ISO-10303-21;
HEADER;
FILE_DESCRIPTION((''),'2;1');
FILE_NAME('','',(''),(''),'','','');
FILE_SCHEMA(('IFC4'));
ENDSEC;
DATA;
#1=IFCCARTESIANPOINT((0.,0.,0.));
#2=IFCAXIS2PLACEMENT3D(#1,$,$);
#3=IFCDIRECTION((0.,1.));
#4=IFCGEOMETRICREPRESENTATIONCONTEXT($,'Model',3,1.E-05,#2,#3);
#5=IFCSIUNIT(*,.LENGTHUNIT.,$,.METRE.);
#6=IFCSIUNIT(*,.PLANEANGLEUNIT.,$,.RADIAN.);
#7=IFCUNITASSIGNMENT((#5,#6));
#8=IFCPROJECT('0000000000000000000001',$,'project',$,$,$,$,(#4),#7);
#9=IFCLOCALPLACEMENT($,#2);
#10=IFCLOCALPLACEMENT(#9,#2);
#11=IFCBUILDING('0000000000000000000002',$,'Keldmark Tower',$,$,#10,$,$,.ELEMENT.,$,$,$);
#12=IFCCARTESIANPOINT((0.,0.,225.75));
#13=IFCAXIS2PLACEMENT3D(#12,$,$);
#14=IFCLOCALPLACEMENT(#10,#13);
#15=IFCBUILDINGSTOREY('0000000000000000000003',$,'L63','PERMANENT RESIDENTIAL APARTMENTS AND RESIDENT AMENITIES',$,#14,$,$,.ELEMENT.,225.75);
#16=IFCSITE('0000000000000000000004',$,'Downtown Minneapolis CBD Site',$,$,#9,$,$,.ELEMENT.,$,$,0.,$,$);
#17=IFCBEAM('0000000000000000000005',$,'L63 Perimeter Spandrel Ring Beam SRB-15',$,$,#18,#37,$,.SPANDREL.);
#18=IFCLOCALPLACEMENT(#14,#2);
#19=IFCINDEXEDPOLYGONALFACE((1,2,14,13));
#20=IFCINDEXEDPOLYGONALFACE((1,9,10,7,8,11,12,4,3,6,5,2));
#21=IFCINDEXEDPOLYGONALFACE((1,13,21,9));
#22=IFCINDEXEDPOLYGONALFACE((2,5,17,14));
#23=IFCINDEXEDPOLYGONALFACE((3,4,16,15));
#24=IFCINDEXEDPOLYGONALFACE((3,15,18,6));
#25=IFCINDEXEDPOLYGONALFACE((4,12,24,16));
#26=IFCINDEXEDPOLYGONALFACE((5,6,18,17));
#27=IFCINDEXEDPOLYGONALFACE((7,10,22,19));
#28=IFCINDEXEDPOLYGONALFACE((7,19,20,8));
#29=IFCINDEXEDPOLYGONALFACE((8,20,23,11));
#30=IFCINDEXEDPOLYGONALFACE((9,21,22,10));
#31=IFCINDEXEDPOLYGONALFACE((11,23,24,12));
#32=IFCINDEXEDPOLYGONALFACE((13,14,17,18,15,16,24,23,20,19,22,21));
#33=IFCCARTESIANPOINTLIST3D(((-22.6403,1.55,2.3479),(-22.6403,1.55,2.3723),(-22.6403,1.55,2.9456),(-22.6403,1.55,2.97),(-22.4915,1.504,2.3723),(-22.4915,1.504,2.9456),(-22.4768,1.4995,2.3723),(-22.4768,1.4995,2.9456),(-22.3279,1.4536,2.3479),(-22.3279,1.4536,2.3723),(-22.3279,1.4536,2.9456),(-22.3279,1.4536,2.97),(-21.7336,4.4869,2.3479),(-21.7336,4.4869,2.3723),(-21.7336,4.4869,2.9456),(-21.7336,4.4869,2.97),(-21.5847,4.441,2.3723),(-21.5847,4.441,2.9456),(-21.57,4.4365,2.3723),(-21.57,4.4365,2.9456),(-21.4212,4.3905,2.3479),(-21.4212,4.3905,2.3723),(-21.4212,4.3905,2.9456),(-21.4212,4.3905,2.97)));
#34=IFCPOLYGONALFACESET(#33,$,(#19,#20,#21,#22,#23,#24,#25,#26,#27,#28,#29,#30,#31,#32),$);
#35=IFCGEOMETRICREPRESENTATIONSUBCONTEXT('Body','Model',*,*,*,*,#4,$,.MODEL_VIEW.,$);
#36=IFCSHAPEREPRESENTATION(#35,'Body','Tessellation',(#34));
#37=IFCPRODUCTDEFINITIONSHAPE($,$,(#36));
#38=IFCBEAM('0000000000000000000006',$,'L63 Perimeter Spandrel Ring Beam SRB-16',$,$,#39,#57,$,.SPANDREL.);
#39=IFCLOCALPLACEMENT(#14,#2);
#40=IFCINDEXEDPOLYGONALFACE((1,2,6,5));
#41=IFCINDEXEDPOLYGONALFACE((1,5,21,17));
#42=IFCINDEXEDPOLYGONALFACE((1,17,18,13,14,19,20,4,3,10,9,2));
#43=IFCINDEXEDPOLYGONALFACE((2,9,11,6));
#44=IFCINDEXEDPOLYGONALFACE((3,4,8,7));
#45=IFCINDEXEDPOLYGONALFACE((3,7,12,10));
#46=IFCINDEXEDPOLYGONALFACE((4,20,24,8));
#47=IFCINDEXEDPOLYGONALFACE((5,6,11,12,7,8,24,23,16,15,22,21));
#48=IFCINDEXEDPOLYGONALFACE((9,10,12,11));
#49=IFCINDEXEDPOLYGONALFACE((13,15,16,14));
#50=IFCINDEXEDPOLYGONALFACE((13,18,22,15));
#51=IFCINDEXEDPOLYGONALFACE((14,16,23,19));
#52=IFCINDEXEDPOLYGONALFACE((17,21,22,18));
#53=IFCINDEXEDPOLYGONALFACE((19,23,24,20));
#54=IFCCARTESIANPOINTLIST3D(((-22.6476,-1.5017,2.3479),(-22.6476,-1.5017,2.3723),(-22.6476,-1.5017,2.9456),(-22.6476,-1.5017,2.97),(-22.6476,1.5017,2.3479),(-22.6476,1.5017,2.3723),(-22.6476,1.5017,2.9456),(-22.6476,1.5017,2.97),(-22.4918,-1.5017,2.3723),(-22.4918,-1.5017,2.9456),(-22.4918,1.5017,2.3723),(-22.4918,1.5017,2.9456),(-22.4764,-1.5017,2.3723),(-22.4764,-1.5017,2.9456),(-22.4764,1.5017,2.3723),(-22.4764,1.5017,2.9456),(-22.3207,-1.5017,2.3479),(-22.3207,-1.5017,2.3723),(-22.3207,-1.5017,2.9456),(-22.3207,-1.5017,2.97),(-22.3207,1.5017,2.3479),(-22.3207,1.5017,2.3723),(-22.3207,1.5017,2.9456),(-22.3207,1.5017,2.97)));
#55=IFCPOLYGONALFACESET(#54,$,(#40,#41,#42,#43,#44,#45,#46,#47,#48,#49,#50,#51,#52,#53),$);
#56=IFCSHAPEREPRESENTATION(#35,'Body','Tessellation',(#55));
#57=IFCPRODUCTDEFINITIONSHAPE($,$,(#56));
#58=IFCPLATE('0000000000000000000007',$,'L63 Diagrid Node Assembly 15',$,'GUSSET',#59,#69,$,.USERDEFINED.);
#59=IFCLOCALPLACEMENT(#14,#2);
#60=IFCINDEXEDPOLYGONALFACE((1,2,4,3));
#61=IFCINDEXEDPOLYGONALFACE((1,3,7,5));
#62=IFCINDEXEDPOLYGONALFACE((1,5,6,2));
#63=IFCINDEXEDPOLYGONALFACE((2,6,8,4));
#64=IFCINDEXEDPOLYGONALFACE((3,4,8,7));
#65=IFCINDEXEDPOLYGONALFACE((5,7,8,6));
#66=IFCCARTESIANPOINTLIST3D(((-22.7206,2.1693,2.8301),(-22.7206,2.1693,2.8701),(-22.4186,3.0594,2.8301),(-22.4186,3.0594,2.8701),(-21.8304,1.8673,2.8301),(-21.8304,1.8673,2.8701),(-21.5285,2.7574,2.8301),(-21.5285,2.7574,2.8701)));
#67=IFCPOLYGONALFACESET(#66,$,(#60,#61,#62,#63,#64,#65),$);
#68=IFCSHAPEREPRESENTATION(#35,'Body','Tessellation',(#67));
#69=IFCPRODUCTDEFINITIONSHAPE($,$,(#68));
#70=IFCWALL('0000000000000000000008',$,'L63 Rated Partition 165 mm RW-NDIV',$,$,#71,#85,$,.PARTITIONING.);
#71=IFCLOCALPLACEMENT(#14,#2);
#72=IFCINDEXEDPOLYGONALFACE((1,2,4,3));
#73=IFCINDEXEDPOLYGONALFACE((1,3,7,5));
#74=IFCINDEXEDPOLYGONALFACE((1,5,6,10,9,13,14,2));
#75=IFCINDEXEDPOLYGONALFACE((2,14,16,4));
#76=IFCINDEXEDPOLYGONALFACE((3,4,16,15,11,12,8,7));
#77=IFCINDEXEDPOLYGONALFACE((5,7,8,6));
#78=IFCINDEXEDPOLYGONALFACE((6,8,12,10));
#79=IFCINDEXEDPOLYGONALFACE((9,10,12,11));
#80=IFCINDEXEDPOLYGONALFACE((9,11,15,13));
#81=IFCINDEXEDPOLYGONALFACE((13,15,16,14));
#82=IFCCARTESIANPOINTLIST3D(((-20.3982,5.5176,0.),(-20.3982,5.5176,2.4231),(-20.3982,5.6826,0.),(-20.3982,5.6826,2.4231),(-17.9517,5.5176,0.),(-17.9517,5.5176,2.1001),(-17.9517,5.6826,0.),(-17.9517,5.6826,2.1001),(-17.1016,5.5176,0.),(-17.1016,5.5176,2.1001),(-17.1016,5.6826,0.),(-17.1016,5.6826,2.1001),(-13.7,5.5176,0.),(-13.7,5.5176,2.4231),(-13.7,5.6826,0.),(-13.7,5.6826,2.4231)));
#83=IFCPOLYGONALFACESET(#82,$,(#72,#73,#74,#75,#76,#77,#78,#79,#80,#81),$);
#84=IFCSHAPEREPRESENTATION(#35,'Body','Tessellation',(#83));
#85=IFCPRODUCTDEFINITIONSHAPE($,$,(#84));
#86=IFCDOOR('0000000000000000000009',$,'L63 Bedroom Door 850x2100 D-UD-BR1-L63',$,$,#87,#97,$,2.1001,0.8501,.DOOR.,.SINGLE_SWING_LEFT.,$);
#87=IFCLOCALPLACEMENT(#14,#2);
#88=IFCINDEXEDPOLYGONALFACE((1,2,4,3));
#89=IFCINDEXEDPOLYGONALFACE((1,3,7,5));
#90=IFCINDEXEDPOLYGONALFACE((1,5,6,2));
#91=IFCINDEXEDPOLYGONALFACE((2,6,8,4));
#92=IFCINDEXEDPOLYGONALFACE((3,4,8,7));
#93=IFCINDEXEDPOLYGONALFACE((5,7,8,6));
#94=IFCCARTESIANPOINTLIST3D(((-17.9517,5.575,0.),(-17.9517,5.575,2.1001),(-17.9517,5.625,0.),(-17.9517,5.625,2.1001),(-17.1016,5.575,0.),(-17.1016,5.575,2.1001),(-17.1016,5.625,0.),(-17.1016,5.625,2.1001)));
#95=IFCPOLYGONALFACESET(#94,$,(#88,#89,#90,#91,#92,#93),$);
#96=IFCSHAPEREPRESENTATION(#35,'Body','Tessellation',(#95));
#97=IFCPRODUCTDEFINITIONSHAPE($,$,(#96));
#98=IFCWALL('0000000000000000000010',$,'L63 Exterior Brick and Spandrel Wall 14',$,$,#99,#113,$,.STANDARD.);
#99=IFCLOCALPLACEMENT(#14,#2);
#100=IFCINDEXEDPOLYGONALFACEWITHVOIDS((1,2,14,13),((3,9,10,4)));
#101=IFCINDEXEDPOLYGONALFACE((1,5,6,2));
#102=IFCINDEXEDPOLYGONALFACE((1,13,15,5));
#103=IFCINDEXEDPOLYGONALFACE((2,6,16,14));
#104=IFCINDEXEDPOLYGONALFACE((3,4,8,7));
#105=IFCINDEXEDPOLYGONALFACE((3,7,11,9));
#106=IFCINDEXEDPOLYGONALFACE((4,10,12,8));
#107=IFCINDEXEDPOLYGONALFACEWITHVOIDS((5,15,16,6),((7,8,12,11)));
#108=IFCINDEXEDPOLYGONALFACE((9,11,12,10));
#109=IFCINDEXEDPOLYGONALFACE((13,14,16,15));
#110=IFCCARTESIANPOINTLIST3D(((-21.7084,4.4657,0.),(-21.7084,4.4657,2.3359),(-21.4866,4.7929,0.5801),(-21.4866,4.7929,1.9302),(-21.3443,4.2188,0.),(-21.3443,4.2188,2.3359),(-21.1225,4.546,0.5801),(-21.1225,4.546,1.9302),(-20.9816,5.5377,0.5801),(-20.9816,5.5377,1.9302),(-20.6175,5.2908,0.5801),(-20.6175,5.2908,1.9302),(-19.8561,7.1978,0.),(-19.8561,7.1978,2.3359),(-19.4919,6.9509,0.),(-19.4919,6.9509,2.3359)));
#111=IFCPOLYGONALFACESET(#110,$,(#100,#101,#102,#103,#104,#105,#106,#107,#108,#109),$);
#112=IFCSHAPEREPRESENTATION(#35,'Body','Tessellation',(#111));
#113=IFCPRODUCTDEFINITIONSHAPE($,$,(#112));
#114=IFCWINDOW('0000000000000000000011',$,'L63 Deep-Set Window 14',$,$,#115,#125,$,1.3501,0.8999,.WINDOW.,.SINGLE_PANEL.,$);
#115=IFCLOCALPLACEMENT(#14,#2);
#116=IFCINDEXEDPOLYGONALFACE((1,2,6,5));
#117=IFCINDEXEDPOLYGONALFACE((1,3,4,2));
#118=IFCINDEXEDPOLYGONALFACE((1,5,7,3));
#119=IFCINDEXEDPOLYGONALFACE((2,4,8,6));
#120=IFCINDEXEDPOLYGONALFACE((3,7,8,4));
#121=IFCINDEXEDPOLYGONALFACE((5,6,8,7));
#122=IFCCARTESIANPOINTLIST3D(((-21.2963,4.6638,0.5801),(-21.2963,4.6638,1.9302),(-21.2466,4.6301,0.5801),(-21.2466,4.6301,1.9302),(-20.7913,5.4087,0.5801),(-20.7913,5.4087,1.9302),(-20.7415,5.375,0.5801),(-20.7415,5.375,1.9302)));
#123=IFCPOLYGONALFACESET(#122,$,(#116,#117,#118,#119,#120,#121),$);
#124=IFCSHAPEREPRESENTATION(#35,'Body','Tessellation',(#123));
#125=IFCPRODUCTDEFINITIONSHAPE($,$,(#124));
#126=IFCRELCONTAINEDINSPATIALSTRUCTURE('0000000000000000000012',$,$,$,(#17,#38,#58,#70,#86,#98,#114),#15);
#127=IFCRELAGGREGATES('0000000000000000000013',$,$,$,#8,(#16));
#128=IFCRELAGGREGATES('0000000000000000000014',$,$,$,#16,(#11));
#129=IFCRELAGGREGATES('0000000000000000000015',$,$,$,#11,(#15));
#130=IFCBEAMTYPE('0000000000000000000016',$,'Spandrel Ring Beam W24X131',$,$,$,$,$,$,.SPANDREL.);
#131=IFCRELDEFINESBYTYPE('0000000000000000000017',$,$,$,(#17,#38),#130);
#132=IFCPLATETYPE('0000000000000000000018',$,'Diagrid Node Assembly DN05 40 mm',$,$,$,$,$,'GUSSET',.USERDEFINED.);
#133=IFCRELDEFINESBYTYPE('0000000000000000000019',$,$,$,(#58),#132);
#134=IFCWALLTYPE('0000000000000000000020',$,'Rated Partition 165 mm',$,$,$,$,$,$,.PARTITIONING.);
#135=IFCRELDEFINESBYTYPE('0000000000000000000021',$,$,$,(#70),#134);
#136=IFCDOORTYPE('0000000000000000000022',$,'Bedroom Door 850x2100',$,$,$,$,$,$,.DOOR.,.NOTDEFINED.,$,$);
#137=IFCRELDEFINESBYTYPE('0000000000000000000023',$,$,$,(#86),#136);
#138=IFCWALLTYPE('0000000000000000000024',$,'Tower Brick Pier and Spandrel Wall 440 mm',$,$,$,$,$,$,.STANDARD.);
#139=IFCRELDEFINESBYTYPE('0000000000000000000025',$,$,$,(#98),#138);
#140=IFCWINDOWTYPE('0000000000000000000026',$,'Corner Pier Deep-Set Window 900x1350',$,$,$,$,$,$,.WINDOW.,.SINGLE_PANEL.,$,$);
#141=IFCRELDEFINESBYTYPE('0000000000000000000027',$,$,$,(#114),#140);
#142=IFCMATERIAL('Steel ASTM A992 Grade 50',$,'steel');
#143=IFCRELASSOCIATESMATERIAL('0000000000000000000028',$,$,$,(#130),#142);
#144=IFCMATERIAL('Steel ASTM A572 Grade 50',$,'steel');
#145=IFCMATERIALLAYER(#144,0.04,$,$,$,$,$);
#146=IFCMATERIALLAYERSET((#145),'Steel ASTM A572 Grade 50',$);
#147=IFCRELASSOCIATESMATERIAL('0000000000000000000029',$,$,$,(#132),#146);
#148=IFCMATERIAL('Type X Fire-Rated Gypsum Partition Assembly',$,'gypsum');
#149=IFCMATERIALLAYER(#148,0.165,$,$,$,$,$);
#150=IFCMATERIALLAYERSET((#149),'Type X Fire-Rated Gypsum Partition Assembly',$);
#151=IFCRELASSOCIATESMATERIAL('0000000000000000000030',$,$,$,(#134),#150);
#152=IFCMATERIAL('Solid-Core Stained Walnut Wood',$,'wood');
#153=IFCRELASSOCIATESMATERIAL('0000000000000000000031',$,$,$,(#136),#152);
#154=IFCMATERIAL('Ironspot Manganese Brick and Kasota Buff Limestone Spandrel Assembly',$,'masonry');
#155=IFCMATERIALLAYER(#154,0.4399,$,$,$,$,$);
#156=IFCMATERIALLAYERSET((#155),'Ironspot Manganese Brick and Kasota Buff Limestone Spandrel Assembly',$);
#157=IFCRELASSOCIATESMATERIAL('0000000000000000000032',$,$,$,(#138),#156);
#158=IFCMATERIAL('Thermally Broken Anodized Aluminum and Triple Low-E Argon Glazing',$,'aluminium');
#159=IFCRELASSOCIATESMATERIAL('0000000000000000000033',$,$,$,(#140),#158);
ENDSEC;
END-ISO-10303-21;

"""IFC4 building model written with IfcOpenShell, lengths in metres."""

from ifc_helpers import new_model, si_unit, direction, frame, frame_2d, origin, origin_2d, place, context, subcontext, project, spatial, rectangle, i_section, extrude, material, layer, layer_set, material_profile, profile_set, type_object, element, fill, save


model = new_model("IFC4")

# Units and contexts
model_context = context("Model", 3, precision=1e-05, world=origin(), true_north=direction((0.0, 1.0)))
body_context = subcontext(model_context, "Body", "Model", "MODEL_VIEW")
ifc_project = project(units=[si_unit("LENGTHUNIT", "METRE"), si_unit("PLANEANGLEUNIT", "RADIAN")], contexts=[model_context])

# Site, building, storey
site_placement = place(None, origin())
site = spatial("IfcSite", under=ifc_project, at=site_placement, Name="Downtown Minneapolis CBD Site", CompositionType="ELEMENT", RefElevation=0.0)
building_placement = place(site_placement, origin())
building = spatial("IfcBuilding", under=site, at=building_placement, Name="Keldmark Tower", CompositionType="ELEMENT")
storey_placement = place(building_placement, frame((0.0, 0.0, 225.75)))
storey = spatial("IfcBuildingStorey", under=building, at=storey_placement, Name="L63", Description="PERMANENT RESIDENTIAL APARTMENTS AND RESIDENT AMENITIES", CompositionType="ELEMENT", Elevation=225.75)

# Beams
ifc_material_1 = material(Name="Steel ASTM A992 Grade 50", Category="steel")
ifc_material_profile_1 = material_profile(ifc_material_1, i_section(OverallWidth=0.3269, OverallDepth=0.6221, WebThickness=0.0154, FlangeThickness=0.0244, at=origin_2d()), Name="W24X131")
ifc_profile_set_1 = profile_set([ifc_material_profile_1], Name="Steel ASTM A992 Grade 50")
beam_type_1 = type_object("IfcBeamType", Name="Spandrel Ring Beam W24X131", PredefinedType="SPANDREL", material=ifc_profile_set_1)
beam_1_placement = place(storey_placement, frame((-21.5774, 4.4387, 2.6589), z_axis=(-0.29499, -0.9555, 0.0), x_axis=(0.9555, -0.29499, 0.0)))
element("IfcBeam", 1, at=beam_1_placement, inside=storey, type_object=beam_type_1, Name="L63 Perimeter Spandrel Ring Beam SRB-15", PredefinedType="SPANDREL", context=body_context, shape_type="SweptSolid", body=[
    extrude(i_section(OverallWidth=0.3269, OverallDepth=0.6221, WebThickness=0.0154, FlangeThickness=0.0244, at=origin_2d()), origin(), (0.0, 0.0, 1.0), 3.0737),
])
beam_2_placement = place(storey_placement, frame((-22.4841, 1.5017, 2.6589), z_axis=(0.0, -1.0, 0.0), x_axis=(1.0, 0.0, 0.0)))
element("IfcBeam", 2, at=beam_2_placement, inside=storey, type_object=beam_type_1, Name="L63 Perimeter Spandrel Ring Beam SRB-16", PredefinedType="SPANDREL", context=body_context, shape_type="SweptSolid", body=[
    extrude(i_section(OverallWidth=0.3269, OverallDepth=0.6221, WebThickness=0.0154, FlangeThickness=0.0244, at=origin_2d()), origin(), (0.0, 0.0, 1.0), 3.0034),
])

# Plate
ifc_material_2 = material(Name="Steel ASTM A572 Grade 50", Category="steel")
ifc_layer_1 = layer(ifc_material_2, 0.04)
ifc_layer_set_1 = layer_set([ifc_layer_1], Name="Steel ASTM A572 Grade 50")
plate_type = type_object("IfcPlateType", Name="Diagrid Node Assembly DN05 40 mm", ElementType="GUSSET", PredefinedType="USERDEFINED", material=ifc_layer_set_1)
plate_placement = place(storey_placement, frame((-22.1245, 2.4634, 2.8301), z_axis=(0.0, 0.0, 1.0), x_axis=(-0.321274, -0.946986, 0.0)))
element("IfcPlate", 3, at=plate_placement, inside=storey, type_object=plate_type, Name="L63 Diagrid Node Assembly 15", ObjectType="GUSSET", PredefinedType="USERDEFINED", context=body_context, shape_type="SweptSolid", body=[
    extrude(rectangle(XDim=0.9399, YDim=0.9399, at=origin_2d()), origin(), (0.0, 0.0, 1.0), 0.04),
])

# Wall, opening, door
ifc_material_3 = material(Name="Type X Fire-Rated Gypsum Partition Assembly", Category="gypsum")
ifc_layer_2 = layer(ifc_material_3, 0.165)
ifc_layer_set_2 = layer_set([ifc_layer_2], Name="Type X Fire-Rated Gypsum Partition Assembly")
wall_type_1 = type_object("IfcWallType", Name="Rated Partition 165 mm", PredefinedType="PARTITIONING", material=ifc_layer_set_2)
wall_1_placement = place(storey_placement, frame((-20.3982, 5.6001, 0.0), z_axis=(0.0, 0.0, 1.0), x_axis=(1.0, 0.0, 0.0)))
wall_1 = element("IfcWall", 4, at=wall_1_placement, inside=storey, type_object=wall_type_1, Name="L63 Rated Partition 165 mm RW-NDIV", PredefinedType="PARTITIONING", context=body_context, shape_type="SweptSolid", body=[
    extrude(rectangle(XDim=6.6982, YDim=0.165, at=frame_2d((3.3491, 0.0))), origin(), (0.0, 0.0, 1.0), 2.4231),
])
opening_1_placement = place(wall_1_placement, frame((2.4465, 0.0, 0.0)))
opening_1 = element("IfcOpeningElement", 5, at=opening_1_placement, cuts=wall_1, PredefinedType="OPENING", context=body_context, shape_type="SweptSolid", body=[
    extrude(rectangle(XDim=0.8501, YDim=2.1001, at=frame_2d((0.425, 1.05))), frame((0.0, 0.0925, 0.0), z_axis=(0.0, -1.0, 0.0), x_axis=(1.0, 0.0, 0.0)), (0.0, 0.0, 1.0), 0.1851),
])
ifc_material_4 = material(Name="Solid-Core Stained Walnut Wood", Category="wood")
door_type_1 = type_object("IfcDoorType", Name="Bedroom Door 850x2100", OperationType="NOTDEFINED", PredefinedType="DOOR", material=ifc_material_4)
door_1_placement = place(opening_1_placement, origin())
door_1 = element("IfcDoor", 6, at=door_1_placement, inside=storey, type_object=door_type_1, Name="L63 Bedroom Door 850x2100 D-UD-BR1-L63", OperationType="SINGLE_SWING_LEFT", OverallHeight=2.1001, OverallWidth=0.8501, PredefinedType="DOOR", context=body_context, shape_type="SweptSolid", body=[
    extrude(rectangle(XDim=0.8501, YDim=2.1001, at=frame_2d((0.425, 1.05))), frame((0.0, 0.0249, 0.0), z_axis=(0.0, -1.0, 0.0), x_axis=(1.0, 0.0, 0.0)), (0.0, 0.0, 1.0), 0.05),
])
fill(opening_1, door_1)

# Wall, opening, window
ifc_material_5 = material(Name="Ironspot Manganese Brick and Kasota Buff Limestone Spandrel Assembly", Category="masonry")
ifc_layer_3 = layer(ifc_material_5, 0.4399)
ifc_layer_set_3 = layer_set([ifc_layer_3], Name="Ironspot Manganese Brick and Kasota Buff Limestone Spandrel Assembly")
wall_type_2 = type_object("IfcWallType", Name="Tower Brick Pier and Spandrel Wall 440 mm", PredefinedType="STANDARD", material=ifc_layer_set_3)
wall_2_placement = place(storey_placement, frame((-21.5264, 4.3423, 0.0), z_axis=(0.0, 0.0, 1.0), x_axis=(0.561187, 0.827689, 0.0)))
wall_2 = element("IfcWall", 7, at=wall_2_placement, inside=storey, type_object=wall_type_2, Name="L63 Exterior Brick and Spandrel Wall 14", PredefinedType="STANDARD", context=body_context, shape_type="SweptSolid", body=[
    extrude(rectangle(XDim=3.3008, YDim=0.4399, at=frame_2d((1.6504, 0.0))), origin(), (0.0, 0.0, 1.0), 2.3359),
])
opening_2_placement = place(wall_2_placement, frame((0.3953, 0.0, 0.5801)))
opening_2 = element("IfcOpeningElement", 8, at=opening_2_placement, cuts=wall_2, PredefinedType="OPENING", context=body_context, shape_type="SweptSolid", body=[
    extrude(rectangle(XDim=0.8999, YDim=1.3501, at=frame_2d((0.45, 0.675))), frame((0.0, 0.23, 0.0), z_axis=(0.0, -1.0, 0.0), x_axis=(1.0, 0.0, 0.0)), (0.0, 0.0, 1.0), 0.46),
])
ifc_material_6 = material(Name="Thermally Broken Anodized Aluminum and Triple Low-E Argon Glazing", Category="aluminium")
window_type = type_object("IfcWindowType", Name="Corner Pier Deep-Set Window 900x1350", PartitioningType="SINGLE_PANEL", PredefinedType="WINDOW", material=ifc_material_6)
window_placement = place(opening_2_placement, origin())
window = element("IfcWindow", 9, at=window_placement, inside=storey, type_object=window_type, Name="L63 Deep-Set Window 14", OverallHeight=1.3501, OverallWidth=0.8999, PartitioningType="SINGLE_PANEL", PredefinedType="WINDOW", context=body_context, shape_type="SweptSolid", body=[
    extrude(rectangle(XDim=0.8999, YDim=1.3501, at=frame_2d((0.45, 0.675))), frame((0.0, -0.01, 0.0), z_axis=(0.0, -1.0, 0.0), x_axis=(1.0, 0.0, 0.0)), (0.0, 0.0, 1.0), 0.0601),
])
fill(opening_2, window)

save(model, "model.ifc")
